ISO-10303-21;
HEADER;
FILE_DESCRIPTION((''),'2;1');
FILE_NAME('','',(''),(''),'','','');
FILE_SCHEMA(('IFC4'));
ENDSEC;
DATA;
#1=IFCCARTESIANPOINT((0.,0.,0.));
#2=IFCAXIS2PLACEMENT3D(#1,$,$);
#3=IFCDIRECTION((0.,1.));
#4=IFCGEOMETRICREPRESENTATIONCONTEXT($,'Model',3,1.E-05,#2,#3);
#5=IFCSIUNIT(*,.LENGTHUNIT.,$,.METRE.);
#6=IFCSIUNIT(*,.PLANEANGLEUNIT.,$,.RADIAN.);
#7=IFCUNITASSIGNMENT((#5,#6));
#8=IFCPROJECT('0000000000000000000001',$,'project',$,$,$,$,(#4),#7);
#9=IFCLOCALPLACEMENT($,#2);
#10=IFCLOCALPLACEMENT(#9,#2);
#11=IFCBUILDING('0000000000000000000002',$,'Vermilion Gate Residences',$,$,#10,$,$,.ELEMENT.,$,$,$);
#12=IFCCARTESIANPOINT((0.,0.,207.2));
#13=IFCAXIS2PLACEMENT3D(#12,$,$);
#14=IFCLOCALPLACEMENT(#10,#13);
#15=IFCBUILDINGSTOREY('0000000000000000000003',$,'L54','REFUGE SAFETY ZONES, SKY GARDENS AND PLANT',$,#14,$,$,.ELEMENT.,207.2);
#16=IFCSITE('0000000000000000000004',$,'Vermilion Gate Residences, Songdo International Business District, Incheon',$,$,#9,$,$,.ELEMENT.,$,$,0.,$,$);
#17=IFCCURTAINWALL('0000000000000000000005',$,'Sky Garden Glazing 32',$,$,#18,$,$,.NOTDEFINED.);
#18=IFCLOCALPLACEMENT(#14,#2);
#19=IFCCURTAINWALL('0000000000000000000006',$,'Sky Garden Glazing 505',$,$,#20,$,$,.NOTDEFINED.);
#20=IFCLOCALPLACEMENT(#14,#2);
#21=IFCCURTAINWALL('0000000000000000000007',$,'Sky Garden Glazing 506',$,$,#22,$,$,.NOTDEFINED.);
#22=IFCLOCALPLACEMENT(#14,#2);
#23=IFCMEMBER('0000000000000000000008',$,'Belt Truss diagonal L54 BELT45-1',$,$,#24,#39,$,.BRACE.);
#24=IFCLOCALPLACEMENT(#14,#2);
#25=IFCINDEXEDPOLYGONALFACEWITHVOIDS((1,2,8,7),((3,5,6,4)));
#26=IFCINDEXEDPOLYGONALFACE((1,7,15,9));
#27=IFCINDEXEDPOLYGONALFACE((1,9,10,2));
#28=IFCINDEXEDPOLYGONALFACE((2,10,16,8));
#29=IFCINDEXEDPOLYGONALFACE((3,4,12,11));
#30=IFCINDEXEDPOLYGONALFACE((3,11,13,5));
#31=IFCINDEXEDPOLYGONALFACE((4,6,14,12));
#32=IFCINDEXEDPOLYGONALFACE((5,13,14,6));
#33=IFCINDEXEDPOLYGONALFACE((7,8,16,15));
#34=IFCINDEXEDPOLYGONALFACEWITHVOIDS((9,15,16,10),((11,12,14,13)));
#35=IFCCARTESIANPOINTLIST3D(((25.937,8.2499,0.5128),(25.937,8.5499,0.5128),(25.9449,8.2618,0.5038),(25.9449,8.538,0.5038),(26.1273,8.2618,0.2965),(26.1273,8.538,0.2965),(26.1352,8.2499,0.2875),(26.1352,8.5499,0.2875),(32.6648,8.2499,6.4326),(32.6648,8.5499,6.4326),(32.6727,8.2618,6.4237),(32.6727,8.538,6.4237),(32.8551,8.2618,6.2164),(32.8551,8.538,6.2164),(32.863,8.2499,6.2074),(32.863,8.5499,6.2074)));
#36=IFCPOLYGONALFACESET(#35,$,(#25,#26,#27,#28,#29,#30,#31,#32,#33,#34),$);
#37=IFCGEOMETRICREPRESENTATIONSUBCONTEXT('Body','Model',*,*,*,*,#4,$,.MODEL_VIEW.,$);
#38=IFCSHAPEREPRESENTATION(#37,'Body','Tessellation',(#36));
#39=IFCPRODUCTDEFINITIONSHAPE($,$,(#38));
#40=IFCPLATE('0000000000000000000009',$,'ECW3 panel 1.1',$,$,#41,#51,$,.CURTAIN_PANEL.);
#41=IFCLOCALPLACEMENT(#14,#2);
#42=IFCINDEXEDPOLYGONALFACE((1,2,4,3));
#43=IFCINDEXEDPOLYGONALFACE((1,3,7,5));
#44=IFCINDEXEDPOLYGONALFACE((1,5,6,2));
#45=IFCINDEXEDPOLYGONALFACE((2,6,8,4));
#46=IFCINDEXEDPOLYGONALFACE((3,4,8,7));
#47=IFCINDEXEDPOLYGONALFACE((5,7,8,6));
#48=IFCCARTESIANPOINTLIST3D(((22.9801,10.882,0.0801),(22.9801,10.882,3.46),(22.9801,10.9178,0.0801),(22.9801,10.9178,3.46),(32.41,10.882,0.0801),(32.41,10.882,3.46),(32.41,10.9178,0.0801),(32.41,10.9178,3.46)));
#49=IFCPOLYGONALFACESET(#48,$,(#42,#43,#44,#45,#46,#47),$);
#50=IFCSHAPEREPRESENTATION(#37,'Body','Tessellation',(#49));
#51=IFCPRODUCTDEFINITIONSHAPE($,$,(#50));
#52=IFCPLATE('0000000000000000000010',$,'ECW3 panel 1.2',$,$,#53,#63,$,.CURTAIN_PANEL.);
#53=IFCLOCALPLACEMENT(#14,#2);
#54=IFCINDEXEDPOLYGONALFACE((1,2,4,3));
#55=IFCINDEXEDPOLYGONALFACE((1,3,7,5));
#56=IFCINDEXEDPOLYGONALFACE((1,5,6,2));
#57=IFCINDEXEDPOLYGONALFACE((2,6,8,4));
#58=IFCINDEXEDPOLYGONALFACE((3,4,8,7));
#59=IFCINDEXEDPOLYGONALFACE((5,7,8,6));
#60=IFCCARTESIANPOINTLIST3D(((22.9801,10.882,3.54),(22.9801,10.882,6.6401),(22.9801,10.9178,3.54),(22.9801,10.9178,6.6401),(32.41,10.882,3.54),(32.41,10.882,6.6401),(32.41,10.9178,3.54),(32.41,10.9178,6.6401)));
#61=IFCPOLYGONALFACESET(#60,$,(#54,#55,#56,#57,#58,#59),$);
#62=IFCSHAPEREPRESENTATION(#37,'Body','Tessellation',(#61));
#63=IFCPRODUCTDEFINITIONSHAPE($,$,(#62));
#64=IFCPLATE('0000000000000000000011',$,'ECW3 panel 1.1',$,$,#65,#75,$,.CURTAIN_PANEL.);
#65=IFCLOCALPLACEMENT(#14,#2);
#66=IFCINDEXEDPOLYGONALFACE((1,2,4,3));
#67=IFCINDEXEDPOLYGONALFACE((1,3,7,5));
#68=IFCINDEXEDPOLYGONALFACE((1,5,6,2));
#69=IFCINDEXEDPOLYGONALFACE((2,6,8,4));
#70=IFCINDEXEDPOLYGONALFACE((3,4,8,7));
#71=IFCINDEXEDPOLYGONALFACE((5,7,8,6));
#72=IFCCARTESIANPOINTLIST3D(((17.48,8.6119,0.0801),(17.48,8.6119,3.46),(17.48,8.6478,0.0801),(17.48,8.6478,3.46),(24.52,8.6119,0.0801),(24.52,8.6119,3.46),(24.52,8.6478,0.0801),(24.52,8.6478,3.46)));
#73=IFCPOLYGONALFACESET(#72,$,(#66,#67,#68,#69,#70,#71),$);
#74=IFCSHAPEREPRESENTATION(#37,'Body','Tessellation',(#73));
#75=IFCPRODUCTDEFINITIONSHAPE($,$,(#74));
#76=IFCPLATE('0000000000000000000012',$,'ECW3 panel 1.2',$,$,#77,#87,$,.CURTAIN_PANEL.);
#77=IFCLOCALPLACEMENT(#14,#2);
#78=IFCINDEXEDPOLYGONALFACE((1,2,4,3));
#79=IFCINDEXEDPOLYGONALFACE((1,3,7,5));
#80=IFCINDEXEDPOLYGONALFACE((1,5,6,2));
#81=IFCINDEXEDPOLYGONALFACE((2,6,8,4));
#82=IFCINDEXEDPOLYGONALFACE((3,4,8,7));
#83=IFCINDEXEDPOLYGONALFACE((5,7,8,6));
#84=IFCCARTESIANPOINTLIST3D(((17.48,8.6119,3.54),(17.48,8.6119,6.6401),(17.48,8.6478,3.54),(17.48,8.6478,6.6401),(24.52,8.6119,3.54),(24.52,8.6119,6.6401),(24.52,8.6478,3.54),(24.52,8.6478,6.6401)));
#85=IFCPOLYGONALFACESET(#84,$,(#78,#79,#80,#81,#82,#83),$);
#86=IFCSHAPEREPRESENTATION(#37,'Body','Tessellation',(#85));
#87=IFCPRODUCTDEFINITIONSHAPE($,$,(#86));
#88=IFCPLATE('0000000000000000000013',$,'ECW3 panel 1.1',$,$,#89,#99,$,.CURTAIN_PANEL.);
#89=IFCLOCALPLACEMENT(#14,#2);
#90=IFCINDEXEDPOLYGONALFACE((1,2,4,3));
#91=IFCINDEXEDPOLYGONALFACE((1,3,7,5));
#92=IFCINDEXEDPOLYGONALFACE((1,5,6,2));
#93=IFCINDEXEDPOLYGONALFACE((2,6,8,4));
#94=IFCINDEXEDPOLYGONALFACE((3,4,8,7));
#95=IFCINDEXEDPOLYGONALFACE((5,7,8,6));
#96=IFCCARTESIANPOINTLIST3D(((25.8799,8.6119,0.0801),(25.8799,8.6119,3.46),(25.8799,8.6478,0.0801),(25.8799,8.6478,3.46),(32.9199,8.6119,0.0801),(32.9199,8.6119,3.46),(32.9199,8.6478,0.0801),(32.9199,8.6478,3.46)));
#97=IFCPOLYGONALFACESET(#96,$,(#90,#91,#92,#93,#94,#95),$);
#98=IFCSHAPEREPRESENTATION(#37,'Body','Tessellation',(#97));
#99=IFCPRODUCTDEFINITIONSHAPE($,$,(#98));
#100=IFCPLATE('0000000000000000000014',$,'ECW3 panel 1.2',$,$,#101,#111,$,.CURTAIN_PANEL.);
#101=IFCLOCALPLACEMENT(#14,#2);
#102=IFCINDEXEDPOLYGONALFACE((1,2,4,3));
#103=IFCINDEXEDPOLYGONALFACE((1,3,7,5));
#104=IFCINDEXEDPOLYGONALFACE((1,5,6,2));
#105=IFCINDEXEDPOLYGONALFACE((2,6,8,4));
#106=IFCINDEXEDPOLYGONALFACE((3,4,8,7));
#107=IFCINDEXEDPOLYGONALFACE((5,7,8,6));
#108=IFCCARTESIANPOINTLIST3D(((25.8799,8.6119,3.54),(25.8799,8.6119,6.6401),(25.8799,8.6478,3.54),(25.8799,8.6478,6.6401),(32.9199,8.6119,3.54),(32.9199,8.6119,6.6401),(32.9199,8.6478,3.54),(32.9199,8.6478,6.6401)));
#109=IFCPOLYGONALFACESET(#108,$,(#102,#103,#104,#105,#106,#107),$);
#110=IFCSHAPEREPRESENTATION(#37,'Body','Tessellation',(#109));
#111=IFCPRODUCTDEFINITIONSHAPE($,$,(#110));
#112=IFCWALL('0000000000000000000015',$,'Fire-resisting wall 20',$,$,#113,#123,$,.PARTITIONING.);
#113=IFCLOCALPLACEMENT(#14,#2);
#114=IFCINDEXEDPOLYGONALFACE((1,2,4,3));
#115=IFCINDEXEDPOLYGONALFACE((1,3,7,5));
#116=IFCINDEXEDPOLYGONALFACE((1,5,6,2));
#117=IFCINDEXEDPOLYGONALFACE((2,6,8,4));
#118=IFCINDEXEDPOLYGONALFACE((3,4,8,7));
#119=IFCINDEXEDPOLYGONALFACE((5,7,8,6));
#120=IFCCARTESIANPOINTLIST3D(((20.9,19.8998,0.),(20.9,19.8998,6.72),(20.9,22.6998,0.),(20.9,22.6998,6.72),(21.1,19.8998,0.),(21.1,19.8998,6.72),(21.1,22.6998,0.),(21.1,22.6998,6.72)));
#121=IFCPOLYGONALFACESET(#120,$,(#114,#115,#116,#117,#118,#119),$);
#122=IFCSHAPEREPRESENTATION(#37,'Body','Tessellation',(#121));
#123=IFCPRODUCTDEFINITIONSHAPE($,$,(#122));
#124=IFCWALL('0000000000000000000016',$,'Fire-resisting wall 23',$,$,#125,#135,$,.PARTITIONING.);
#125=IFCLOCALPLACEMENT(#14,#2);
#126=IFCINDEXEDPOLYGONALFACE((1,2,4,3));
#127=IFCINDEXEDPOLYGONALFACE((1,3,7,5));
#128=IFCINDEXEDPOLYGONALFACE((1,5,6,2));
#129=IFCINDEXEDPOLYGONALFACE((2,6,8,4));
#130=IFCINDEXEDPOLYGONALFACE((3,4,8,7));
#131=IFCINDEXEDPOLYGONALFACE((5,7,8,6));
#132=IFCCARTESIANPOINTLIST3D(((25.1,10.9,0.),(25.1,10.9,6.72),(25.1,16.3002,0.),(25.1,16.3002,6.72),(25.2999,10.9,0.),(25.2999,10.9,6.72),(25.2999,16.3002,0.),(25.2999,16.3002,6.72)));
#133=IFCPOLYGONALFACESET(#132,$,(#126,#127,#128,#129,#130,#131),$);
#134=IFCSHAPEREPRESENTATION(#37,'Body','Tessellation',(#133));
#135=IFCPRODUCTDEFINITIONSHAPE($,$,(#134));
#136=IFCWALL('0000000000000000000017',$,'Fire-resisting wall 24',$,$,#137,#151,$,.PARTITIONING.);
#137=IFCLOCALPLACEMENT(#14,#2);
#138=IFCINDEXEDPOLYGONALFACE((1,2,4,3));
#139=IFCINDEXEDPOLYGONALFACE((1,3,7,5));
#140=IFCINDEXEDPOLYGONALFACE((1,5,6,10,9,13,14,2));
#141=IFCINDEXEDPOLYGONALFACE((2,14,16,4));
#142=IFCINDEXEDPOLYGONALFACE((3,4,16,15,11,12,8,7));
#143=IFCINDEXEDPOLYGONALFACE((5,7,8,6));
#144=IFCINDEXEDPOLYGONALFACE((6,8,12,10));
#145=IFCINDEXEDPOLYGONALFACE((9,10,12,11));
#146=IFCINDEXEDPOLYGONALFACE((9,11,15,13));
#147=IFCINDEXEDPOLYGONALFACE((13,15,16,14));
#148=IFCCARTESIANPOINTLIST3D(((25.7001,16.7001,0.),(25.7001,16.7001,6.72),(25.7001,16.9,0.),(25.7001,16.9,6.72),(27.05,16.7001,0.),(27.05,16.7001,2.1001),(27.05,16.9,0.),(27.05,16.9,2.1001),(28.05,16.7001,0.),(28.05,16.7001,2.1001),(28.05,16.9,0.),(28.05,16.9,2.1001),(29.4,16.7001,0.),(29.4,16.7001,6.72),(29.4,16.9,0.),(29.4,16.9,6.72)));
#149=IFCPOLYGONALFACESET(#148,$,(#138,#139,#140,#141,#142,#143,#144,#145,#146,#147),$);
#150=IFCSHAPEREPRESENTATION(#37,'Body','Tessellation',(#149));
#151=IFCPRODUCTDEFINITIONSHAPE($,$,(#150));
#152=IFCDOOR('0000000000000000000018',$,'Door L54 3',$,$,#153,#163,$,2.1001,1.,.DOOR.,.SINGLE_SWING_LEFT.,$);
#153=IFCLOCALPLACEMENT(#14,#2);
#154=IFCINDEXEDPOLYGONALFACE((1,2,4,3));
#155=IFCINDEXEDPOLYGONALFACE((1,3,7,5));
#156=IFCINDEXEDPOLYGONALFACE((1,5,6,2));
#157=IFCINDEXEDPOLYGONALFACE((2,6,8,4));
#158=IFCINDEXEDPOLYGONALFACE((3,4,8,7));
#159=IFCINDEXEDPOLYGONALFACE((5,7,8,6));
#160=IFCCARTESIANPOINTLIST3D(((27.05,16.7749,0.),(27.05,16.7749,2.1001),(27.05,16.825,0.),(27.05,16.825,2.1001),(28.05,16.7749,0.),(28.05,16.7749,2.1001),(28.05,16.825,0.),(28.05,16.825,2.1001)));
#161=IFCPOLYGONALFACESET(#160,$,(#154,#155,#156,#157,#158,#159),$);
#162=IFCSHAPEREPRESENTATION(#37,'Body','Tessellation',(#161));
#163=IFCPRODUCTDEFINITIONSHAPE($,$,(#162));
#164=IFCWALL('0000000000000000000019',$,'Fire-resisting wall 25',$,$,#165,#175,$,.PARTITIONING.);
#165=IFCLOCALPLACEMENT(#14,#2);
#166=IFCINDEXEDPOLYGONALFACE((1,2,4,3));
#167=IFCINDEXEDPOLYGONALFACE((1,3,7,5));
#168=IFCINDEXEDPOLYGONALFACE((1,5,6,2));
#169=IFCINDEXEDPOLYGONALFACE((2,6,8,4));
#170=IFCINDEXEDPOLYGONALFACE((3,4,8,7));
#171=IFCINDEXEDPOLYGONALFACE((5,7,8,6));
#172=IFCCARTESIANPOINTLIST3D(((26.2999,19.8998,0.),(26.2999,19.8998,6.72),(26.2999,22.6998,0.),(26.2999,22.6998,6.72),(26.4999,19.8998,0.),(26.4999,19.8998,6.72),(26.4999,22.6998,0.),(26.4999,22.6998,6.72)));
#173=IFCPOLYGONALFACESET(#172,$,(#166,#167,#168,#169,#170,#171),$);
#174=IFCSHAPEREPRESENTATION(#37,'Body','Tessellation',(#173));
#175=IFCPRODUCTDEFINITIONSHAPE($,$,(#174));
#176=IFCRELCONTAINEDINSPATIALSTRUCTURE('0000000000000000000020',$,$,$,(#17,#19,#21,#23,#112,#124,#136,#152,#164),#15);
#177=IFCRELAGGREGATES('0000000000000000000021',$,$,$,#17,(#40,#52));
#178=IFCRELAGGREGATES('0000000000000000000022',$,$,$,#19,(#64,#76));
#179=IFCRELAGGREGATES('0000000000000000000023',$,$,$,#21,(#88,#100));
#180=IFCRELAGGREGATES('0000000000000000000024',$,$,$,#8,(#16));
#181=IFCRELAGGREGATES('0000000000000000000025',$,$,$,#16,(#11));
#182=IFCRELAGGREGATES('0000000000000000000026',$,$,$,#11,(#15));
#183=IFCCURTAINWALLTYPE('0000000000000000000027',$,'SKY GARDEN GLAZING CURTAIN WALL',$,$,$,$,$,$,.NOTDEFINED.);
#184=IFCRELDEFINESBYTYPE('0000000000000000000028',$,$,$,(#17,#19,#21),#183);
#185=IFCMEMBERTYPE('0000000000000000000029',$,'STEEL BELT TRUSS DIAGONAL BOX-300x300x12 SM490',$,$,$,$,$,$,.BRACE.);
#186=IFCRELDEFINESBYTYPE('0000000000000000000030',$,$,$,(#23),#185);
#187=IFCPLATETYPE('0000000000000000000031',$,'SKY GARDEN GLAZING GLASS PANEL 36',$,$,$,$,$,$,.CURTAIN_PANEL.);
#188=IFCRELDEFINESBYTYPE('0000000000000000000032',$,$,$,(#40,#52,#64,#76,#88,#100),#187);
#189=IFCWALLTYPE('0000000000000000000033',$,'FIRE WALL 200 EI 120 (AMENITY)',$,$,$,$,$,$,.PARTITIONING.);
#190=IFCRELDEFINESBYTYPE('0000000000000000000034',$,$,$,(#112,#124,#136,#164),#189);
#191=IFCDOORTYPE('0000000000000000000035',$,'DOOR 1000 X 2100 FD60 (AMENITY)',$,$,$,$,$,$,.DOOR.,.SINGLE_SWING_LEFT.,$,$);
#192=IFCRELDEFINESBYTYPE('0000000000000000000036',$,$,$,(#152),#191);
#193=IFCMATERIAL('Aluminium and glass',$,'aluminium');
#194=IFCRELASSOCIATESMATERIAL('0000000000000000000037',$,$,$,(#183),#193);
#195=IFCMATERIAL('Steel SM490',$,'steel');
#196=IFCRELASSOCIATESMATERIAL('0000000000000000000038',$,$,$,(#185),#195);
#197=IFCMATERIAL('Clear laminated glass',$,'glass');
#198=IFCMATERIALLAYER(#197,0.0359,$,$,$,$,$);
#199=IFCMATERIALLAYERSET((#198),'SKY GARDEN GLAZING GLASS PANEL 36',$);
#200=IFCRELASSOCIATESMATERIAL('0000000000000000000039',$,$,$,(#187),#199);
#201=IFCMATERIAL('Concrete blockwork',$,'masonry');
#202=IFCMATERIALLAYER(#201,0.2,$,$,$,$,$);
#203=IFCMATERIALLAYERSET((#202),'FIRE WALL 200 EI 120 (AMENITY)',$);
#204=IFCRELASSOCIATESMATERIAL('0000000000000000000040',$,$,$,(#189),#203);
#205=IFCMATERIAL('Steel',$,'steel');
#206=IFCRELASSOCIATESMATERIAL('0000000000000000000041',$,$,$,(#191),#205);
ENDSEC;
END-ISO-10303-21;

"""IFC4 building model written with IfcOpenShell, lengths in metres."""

from ifc_helpers import new_model, si_unit, direction, frame, frame_2d, origin, origin_2d, place, context, subcontext, project, spatial, rectangle, hollow_rectangle, extrude, material, layer, layer_set, material_profile, profile_set, type_object, element, fill, aggregate, save


model = new_model("IFC4")

# Units and contexts
model_context = context("Model", 3, precision=1e-05, world=origin(), true_north=direction((0.0, 1.0)))
body_context = subcontext(model_context, "Body", "Model", "MODEL_VIEW")
ifc_project = project(units=[si_unit("LENGTHUNIT", "METRE"), si_unit("PLANEANGLEUNIT", "RADIAN")], contexts=[model_context])

# Site, building, storey
site_placement = place(None, origin())
site = spatial("IfcSite", under=ifc_project, at=site_placement, Name="Vermilion Gate Residences, Songdo International Business District, Incheon", CompositionType="ELEMENT", RefElevation=0.0)
building_placement = place(site_placement, origin())
building = spatial("IfcBuilding", under=site, at=building_placement, Name="Vermilion Gate Residences", CompositionType="ELEMENT")
storey_placement = place(building_placement, frame((0.0, 0.0, 207.2)))
storey = spatial("IfcBuildingStorey", under=building, at=storey_placement, Name="L54", Description="REFUGE SAFETY ZONES, SKY GARDENS AND PLANT", CompositionType="ELEMENT", Elevation=207.2)

# Curtain walls
ifc_material_1 = material(Name="Aluminium and glass", Category="aluminium")
curtain_wall_type = type_object("IfcCurtainWallType", Name="SKY GARDEN GLAZING CURTAIN WALL", PredefinedType="NOTDEFINED", material=ifc_material_1)
curtain_wall_1_placement = place(storey_placement, origin())
curtain_wall_1 = element("IfcCurtainWall", 1, at=curtain_wall_1_placement, inside=storey, type_object=curtain_wall_type, Name="Sky Garden Glazing 32", PredefinedType="NOTDEFINED")
curtain_wall_2_placement = place(storey_placement, origin())
curtain_wall_2 = element("IfcCurtainWall", 2, at=curtain_wall_2_placement, inside=storey, type_object=curtain_wall_type, Name="Sky Garden Glazing 505", PredefinedType="NOTDEFINED")
curtain_wall_3_placement = place(storey_placement, origin())
curtain_wall_3 = element("IfcCurtainWall", 3, at=curtain_wall_3_placement, inside=storey, type_object=curtain_wall_type, Name="Sky Garden Glazing 506", PredefinedType="NOTDEFINED")

# Member
ifc_material_2 = material(Name="Steel SM490", Category="steel")
ifc_material_profile_1 = material_profile(ifc_material_2, hollow_rectangle(XDim=0.3, YDim=0.3, WallThickness=0.012, at=origin_2d()), Name="BOX-300x300x12")
ifc_profile_set_1 = profile_set([ifc_material_profile_1], Name="Steel SM490")
member_type_1 = type_object("IfcMemberType", Name="STEEL BELT TRUSS DIAGONAL BOX-300x300x12 SM490", PredefinedType="BRACE", material=ifc_profile_set_1)
member_1_placement = place(storey_placement, frame((26.0361, 8.3999, 0.4001), z_axis=(0.750743, 0.0, 0.660595), x_axis=(0.0, 1.0, 0.0)))
element("IfcMember", 4, at=member_1_placement, inside=storey, type_object=member_type_1, Name="Belt Truss diagonal L54 BELT45-1", PredefinedType="BRACE", context=body_context, shape_type="SweptSolid", body=[
    extrude(hollow_rectangle(XDim=0.3, YDim=0.3, WallThickness=0.012, at=origin_2d()), origin(), (0.0, 0.0, 1.0), 8.9614),
])

# Plates
ifc_material_3 = material(Name="Clear laminated glass", Category="glass")
ifc_layer_1 = layer(ifc_material_3, 0.0359)
ifc_layer_set_1 = layer_set([ifc_layer_1], Name="SKY GARDEN GLAZING GLASS PANEL 36")
plate_type = type_object("IfcPlateType", Name="SKY GARDEN GLAZING GLASS PANEL 36", PredefinedType="CURTAIN_PANEL", material=ifc_layer_set_1)
plate_1_placement = place(storey_placement, frame((27.6951, 10.8999, 0.0801), z_axis=(0.0, 0.0, 1.0), x_axis=(1.0, 0.0, 0.0)))
plate_1 = element("IfcPlate", 5, at=plate_1_placement, type_object=plate_type, Name="ECW3 panel 1.1", PredefinedType="CURTAIN_PANEL", context=body_context, shape_type="SweptSolid", body=[
    extrude(rectangle(XDim=9.4299, YDim=0.0359, at=origin_2d()), origin(), (0.0, 0.0, 1.0), 3.3799),
])
plate_2_placement = place(storey_placement, frame((27.6951, 10.8999, 3.54), z_axis=(0.0, 0.0, 1.0), x_axis=(1.0, 0.0, 0.0)))
plate_2 = element("IfcPlate", 6, at=plate_2_placement, type_object=plate_type, Name="ECW3 panel 1.2", PredefinedType="CURTAIN_PANEL", context=body_context, shape_type="SweptSolid", body=[
    extrude(rectangle(XDim=9.4299, YDim=0.0359, at=origin_2d()), origin(), (0.0, 0.0, 1.0), 3.1001),
])
aggregate(curtain_wall_1, [plate_1, plate_2])
plate_3_placement = place(storey_placement, frame((21.0, 8.6299, 0.0801), z_axis=(0.0, 0.0, 1.0), x_axis=(1.0, 0.0, 0.0)))
plate_3 = element("IfcPlate", 7, at=plate_3_placement, type_object=plate_type, Name="ECW3 panel 1.1", PredefinedType="CURTAIN_PANEL", context=body_context, shape_type="SweptSolid", body=[
    extrude(rectangle(XDim=7.04, YDim=0.0359, at=origin_2d()), origin(), (0.0, 0.0, 1.0), 3.3799),
])
plate_4_placement = place(storey_placement, frame((21.0, 8.6299, 3.54), z_axis=(0.0, 0.0, 1.0), x_axis=(1.0, 0.0, 0.0)))
plate_4 = element("IfcPlate", 8, at=plate_4_placement, type_object=plate_type, Name="ECW3 panel 1.2", PredefinedType="CURTAIN_PANEL", context=body_context, shape_type="SweptSolid", body=[
    extrude(rectangle(XDim=7.04, YDim=0.0359, at=origin_2d()), origin(), (0.0, 0.0, 1.0), 3.1001),
])
aggregate(curtain_wall_2, [plate_3, plate_4])
plate_5_placement = place(storey_placement, frame((29.3999, 8.6299, 0.0801), z_axis=(0.0, 0.0, 1.0), x_axis=(1.0, 0.0, 0.0)))
plate_5 = element("IfcPlate", 9, at=plate_5_placement, type_object=plate_type, Name="ECW3 panel 1.1", PredefinedType="CURTAIN_PANEL", context=body_context, shape_type="SweptSolid", body=[
    extrude(rectangle(XDim=7.04, YDim=0.0359, at=origin_2d()), origin(), (0.0, 0.0, 1.0), 3.3799),
])
plate_6_placement = place(storey_placement, frame((29.3999, 8.6299, 3.54), z_axis=(0.0, 0.0, 1.0), x_axis=(1.0, 0.0, 0.0)))
plate_6 = element("IfcPlate", 10, at=plate_6_placement, type_object=plate_type, Name="ECW3 panel 1.2", PredefinedType="CURTAIN_PANEL", context=body_context, shape_type="SweptSolid", body=[
    extrude(rectangle(XDim=7.04, YDim=0.0359, at=origin_2d()), origin(), (0.0, 0.0, 1.0), 3.1001),
])
aggregate(curtain_wall_3, [plate_5, plate_6])

# Walls
ifc_material_4 = material(Name="Concrete blockwork", Category="masonry")
ifc_layer_2 = layer(ifc_material_4, 0.2)
ifc_layer_set_2 = layer_set([ifc_layer_2], Name="FIRE WALL 200 EI 120 (AMENITY)")
wall_type = type_object("IfcWallType", Name="FIRE WALL 200 EI 120 (AMENITY)", PredefinedType="PARTITIONING", material=ifc_layer_set_2)
wall_1_placement = place(storey_placement, frame((21.0, 19.8999, 0.0), z_axis=(0.0, 0.0, 1.0), x_axis=(0.0, 1.0, 0.0)))
element("IfcWall", 11, at=wall_1_placement, inside=storey, type_object=wall_type, Name="Fire-resisting wall 20", PredefinedType="PARTITIONING", context=body_context, shape_type="SweptSolid", body=[
    extrude(rectangle(XDim=2.8, YDim=0.2, at=frame_2d((1.3999, 0.0))), origin(), (0.0, 0.0, 1.0), 6.72),
])
wall_2_placement = place(storey_placement, frame((25.2, 10.8999, 0.0), z_axis=(0.0, 0.0, 1.0), x_axis=(0.0, 1.0, 0.0)))
element("IfcWall", 12, at=wall_2_placement, inside=storey, type_object=wall_type, Name="Fire-resisting wall 23", PredefinedType="PARTITIONING", context=body_context, shape_type="SweptSolid", body=[
    extrude(rectangle(XDim=5.4001, YDim=0.2, at=frame_2d((2.7002, 0.0))), origin(), (0.0, 0.0, 1.0), 6.72),
])

# Wall, opening, door
wall_3_placement = place(storey_placement, frame((25.7, 16.8, 0.0), z_axis=(0.0, 0.0, 1.0), x_axis=(1.0, 0.0, 0.0)))
wall_3 = element("IfcWall", 13, at=wall_3_placement, inside=storey, type_object=wall_type, Name="Fire-resisting wall 24", PredefinedType="PARTITIONING", context=body_context, shape_type="SweptSolid", body=[
    extrude(rectangle(XDim=3.7, YDim=0.2, at=frame_2d((1.8501, 0.0))), origin(), (0.0, 0.0, 1.0), 6.72),
])
opening_1_placement = place(wall_3_placement, frame((1.3501, 0.0, 0.0)))
opening_1 = element("IfcOpeningElement", 14, at=opening_1_placement, cuts=wall_3, PredefinedType="OPENING", context=body_context, shape_type="SweptSolid", body=[
    extrude(rectangle(XDim=1.0, YDim=2.1001, at=frame_2d((0.5, 1.05))), frame((0.0, 0.1099, 0.0), z_axis=(0.0, -1.0, 0.0), x_axis=(1.0, 0.0, 0.0)), (0.0, 0.0, 1.0), 0.22),
])
ifc_material_5 = material(Name="Steel", Category="steel")
door_type = type_object("IfcDoorType", Name="DOOR 1000 X 2100 FD60 (AMENITY)", OperationType="SINGLE_SWING_LEFT", PredefinedType="DOOR", material=ifc_material_5)
door_1_placement = place(opening_1_placement, origin())
door_1 = element("IfcDoor", 15, at=door_1_placement, inside=storey, type_object=door_type, Name="Door L54 3", OperationType="SINGLE_SWING_LEFT", OverallHeight=2.1001, OverallWidth=1.0, PredefinedType="DOOR", context=body_context, shape_type="SweptSolid", body=[
    extrude(rectangle(XDim=1.0, YDim=2.1001, at=frame_2d((0.5, 1.05))), frame((0.0, 0.0249, 0.0), z_axis=(0.0, -1.0, 0.0), x_axis=(1.0, 0.0, 0.0)), (0.0, 0.0, 1.0), 0.05),
])
fill(opening_1, door_1)

# Wall
wall_4_placement = place(storey_placement, frame((26.3999, 19.8999, 0.0), z_axis=(0.0, 0.0, 1.0), x_axis=(0.0, 1.0, 0.0)))
element("IfcWall", 16, at=wall_4_placement, inside=storey, type_object=wall_type, Name="Fire-resisting wall 25", PredefinedType="PARTITIONING", context=body_context, shape_type="SweptSolid", body=[
    extrude(rectangle(XDim=2.8, YDim=0.2, at=frame_2d((1.3999, 0.0))), origin(), (0.0, 0.0, 1.0), 6.72),
])

save(model, "model.ifc")
